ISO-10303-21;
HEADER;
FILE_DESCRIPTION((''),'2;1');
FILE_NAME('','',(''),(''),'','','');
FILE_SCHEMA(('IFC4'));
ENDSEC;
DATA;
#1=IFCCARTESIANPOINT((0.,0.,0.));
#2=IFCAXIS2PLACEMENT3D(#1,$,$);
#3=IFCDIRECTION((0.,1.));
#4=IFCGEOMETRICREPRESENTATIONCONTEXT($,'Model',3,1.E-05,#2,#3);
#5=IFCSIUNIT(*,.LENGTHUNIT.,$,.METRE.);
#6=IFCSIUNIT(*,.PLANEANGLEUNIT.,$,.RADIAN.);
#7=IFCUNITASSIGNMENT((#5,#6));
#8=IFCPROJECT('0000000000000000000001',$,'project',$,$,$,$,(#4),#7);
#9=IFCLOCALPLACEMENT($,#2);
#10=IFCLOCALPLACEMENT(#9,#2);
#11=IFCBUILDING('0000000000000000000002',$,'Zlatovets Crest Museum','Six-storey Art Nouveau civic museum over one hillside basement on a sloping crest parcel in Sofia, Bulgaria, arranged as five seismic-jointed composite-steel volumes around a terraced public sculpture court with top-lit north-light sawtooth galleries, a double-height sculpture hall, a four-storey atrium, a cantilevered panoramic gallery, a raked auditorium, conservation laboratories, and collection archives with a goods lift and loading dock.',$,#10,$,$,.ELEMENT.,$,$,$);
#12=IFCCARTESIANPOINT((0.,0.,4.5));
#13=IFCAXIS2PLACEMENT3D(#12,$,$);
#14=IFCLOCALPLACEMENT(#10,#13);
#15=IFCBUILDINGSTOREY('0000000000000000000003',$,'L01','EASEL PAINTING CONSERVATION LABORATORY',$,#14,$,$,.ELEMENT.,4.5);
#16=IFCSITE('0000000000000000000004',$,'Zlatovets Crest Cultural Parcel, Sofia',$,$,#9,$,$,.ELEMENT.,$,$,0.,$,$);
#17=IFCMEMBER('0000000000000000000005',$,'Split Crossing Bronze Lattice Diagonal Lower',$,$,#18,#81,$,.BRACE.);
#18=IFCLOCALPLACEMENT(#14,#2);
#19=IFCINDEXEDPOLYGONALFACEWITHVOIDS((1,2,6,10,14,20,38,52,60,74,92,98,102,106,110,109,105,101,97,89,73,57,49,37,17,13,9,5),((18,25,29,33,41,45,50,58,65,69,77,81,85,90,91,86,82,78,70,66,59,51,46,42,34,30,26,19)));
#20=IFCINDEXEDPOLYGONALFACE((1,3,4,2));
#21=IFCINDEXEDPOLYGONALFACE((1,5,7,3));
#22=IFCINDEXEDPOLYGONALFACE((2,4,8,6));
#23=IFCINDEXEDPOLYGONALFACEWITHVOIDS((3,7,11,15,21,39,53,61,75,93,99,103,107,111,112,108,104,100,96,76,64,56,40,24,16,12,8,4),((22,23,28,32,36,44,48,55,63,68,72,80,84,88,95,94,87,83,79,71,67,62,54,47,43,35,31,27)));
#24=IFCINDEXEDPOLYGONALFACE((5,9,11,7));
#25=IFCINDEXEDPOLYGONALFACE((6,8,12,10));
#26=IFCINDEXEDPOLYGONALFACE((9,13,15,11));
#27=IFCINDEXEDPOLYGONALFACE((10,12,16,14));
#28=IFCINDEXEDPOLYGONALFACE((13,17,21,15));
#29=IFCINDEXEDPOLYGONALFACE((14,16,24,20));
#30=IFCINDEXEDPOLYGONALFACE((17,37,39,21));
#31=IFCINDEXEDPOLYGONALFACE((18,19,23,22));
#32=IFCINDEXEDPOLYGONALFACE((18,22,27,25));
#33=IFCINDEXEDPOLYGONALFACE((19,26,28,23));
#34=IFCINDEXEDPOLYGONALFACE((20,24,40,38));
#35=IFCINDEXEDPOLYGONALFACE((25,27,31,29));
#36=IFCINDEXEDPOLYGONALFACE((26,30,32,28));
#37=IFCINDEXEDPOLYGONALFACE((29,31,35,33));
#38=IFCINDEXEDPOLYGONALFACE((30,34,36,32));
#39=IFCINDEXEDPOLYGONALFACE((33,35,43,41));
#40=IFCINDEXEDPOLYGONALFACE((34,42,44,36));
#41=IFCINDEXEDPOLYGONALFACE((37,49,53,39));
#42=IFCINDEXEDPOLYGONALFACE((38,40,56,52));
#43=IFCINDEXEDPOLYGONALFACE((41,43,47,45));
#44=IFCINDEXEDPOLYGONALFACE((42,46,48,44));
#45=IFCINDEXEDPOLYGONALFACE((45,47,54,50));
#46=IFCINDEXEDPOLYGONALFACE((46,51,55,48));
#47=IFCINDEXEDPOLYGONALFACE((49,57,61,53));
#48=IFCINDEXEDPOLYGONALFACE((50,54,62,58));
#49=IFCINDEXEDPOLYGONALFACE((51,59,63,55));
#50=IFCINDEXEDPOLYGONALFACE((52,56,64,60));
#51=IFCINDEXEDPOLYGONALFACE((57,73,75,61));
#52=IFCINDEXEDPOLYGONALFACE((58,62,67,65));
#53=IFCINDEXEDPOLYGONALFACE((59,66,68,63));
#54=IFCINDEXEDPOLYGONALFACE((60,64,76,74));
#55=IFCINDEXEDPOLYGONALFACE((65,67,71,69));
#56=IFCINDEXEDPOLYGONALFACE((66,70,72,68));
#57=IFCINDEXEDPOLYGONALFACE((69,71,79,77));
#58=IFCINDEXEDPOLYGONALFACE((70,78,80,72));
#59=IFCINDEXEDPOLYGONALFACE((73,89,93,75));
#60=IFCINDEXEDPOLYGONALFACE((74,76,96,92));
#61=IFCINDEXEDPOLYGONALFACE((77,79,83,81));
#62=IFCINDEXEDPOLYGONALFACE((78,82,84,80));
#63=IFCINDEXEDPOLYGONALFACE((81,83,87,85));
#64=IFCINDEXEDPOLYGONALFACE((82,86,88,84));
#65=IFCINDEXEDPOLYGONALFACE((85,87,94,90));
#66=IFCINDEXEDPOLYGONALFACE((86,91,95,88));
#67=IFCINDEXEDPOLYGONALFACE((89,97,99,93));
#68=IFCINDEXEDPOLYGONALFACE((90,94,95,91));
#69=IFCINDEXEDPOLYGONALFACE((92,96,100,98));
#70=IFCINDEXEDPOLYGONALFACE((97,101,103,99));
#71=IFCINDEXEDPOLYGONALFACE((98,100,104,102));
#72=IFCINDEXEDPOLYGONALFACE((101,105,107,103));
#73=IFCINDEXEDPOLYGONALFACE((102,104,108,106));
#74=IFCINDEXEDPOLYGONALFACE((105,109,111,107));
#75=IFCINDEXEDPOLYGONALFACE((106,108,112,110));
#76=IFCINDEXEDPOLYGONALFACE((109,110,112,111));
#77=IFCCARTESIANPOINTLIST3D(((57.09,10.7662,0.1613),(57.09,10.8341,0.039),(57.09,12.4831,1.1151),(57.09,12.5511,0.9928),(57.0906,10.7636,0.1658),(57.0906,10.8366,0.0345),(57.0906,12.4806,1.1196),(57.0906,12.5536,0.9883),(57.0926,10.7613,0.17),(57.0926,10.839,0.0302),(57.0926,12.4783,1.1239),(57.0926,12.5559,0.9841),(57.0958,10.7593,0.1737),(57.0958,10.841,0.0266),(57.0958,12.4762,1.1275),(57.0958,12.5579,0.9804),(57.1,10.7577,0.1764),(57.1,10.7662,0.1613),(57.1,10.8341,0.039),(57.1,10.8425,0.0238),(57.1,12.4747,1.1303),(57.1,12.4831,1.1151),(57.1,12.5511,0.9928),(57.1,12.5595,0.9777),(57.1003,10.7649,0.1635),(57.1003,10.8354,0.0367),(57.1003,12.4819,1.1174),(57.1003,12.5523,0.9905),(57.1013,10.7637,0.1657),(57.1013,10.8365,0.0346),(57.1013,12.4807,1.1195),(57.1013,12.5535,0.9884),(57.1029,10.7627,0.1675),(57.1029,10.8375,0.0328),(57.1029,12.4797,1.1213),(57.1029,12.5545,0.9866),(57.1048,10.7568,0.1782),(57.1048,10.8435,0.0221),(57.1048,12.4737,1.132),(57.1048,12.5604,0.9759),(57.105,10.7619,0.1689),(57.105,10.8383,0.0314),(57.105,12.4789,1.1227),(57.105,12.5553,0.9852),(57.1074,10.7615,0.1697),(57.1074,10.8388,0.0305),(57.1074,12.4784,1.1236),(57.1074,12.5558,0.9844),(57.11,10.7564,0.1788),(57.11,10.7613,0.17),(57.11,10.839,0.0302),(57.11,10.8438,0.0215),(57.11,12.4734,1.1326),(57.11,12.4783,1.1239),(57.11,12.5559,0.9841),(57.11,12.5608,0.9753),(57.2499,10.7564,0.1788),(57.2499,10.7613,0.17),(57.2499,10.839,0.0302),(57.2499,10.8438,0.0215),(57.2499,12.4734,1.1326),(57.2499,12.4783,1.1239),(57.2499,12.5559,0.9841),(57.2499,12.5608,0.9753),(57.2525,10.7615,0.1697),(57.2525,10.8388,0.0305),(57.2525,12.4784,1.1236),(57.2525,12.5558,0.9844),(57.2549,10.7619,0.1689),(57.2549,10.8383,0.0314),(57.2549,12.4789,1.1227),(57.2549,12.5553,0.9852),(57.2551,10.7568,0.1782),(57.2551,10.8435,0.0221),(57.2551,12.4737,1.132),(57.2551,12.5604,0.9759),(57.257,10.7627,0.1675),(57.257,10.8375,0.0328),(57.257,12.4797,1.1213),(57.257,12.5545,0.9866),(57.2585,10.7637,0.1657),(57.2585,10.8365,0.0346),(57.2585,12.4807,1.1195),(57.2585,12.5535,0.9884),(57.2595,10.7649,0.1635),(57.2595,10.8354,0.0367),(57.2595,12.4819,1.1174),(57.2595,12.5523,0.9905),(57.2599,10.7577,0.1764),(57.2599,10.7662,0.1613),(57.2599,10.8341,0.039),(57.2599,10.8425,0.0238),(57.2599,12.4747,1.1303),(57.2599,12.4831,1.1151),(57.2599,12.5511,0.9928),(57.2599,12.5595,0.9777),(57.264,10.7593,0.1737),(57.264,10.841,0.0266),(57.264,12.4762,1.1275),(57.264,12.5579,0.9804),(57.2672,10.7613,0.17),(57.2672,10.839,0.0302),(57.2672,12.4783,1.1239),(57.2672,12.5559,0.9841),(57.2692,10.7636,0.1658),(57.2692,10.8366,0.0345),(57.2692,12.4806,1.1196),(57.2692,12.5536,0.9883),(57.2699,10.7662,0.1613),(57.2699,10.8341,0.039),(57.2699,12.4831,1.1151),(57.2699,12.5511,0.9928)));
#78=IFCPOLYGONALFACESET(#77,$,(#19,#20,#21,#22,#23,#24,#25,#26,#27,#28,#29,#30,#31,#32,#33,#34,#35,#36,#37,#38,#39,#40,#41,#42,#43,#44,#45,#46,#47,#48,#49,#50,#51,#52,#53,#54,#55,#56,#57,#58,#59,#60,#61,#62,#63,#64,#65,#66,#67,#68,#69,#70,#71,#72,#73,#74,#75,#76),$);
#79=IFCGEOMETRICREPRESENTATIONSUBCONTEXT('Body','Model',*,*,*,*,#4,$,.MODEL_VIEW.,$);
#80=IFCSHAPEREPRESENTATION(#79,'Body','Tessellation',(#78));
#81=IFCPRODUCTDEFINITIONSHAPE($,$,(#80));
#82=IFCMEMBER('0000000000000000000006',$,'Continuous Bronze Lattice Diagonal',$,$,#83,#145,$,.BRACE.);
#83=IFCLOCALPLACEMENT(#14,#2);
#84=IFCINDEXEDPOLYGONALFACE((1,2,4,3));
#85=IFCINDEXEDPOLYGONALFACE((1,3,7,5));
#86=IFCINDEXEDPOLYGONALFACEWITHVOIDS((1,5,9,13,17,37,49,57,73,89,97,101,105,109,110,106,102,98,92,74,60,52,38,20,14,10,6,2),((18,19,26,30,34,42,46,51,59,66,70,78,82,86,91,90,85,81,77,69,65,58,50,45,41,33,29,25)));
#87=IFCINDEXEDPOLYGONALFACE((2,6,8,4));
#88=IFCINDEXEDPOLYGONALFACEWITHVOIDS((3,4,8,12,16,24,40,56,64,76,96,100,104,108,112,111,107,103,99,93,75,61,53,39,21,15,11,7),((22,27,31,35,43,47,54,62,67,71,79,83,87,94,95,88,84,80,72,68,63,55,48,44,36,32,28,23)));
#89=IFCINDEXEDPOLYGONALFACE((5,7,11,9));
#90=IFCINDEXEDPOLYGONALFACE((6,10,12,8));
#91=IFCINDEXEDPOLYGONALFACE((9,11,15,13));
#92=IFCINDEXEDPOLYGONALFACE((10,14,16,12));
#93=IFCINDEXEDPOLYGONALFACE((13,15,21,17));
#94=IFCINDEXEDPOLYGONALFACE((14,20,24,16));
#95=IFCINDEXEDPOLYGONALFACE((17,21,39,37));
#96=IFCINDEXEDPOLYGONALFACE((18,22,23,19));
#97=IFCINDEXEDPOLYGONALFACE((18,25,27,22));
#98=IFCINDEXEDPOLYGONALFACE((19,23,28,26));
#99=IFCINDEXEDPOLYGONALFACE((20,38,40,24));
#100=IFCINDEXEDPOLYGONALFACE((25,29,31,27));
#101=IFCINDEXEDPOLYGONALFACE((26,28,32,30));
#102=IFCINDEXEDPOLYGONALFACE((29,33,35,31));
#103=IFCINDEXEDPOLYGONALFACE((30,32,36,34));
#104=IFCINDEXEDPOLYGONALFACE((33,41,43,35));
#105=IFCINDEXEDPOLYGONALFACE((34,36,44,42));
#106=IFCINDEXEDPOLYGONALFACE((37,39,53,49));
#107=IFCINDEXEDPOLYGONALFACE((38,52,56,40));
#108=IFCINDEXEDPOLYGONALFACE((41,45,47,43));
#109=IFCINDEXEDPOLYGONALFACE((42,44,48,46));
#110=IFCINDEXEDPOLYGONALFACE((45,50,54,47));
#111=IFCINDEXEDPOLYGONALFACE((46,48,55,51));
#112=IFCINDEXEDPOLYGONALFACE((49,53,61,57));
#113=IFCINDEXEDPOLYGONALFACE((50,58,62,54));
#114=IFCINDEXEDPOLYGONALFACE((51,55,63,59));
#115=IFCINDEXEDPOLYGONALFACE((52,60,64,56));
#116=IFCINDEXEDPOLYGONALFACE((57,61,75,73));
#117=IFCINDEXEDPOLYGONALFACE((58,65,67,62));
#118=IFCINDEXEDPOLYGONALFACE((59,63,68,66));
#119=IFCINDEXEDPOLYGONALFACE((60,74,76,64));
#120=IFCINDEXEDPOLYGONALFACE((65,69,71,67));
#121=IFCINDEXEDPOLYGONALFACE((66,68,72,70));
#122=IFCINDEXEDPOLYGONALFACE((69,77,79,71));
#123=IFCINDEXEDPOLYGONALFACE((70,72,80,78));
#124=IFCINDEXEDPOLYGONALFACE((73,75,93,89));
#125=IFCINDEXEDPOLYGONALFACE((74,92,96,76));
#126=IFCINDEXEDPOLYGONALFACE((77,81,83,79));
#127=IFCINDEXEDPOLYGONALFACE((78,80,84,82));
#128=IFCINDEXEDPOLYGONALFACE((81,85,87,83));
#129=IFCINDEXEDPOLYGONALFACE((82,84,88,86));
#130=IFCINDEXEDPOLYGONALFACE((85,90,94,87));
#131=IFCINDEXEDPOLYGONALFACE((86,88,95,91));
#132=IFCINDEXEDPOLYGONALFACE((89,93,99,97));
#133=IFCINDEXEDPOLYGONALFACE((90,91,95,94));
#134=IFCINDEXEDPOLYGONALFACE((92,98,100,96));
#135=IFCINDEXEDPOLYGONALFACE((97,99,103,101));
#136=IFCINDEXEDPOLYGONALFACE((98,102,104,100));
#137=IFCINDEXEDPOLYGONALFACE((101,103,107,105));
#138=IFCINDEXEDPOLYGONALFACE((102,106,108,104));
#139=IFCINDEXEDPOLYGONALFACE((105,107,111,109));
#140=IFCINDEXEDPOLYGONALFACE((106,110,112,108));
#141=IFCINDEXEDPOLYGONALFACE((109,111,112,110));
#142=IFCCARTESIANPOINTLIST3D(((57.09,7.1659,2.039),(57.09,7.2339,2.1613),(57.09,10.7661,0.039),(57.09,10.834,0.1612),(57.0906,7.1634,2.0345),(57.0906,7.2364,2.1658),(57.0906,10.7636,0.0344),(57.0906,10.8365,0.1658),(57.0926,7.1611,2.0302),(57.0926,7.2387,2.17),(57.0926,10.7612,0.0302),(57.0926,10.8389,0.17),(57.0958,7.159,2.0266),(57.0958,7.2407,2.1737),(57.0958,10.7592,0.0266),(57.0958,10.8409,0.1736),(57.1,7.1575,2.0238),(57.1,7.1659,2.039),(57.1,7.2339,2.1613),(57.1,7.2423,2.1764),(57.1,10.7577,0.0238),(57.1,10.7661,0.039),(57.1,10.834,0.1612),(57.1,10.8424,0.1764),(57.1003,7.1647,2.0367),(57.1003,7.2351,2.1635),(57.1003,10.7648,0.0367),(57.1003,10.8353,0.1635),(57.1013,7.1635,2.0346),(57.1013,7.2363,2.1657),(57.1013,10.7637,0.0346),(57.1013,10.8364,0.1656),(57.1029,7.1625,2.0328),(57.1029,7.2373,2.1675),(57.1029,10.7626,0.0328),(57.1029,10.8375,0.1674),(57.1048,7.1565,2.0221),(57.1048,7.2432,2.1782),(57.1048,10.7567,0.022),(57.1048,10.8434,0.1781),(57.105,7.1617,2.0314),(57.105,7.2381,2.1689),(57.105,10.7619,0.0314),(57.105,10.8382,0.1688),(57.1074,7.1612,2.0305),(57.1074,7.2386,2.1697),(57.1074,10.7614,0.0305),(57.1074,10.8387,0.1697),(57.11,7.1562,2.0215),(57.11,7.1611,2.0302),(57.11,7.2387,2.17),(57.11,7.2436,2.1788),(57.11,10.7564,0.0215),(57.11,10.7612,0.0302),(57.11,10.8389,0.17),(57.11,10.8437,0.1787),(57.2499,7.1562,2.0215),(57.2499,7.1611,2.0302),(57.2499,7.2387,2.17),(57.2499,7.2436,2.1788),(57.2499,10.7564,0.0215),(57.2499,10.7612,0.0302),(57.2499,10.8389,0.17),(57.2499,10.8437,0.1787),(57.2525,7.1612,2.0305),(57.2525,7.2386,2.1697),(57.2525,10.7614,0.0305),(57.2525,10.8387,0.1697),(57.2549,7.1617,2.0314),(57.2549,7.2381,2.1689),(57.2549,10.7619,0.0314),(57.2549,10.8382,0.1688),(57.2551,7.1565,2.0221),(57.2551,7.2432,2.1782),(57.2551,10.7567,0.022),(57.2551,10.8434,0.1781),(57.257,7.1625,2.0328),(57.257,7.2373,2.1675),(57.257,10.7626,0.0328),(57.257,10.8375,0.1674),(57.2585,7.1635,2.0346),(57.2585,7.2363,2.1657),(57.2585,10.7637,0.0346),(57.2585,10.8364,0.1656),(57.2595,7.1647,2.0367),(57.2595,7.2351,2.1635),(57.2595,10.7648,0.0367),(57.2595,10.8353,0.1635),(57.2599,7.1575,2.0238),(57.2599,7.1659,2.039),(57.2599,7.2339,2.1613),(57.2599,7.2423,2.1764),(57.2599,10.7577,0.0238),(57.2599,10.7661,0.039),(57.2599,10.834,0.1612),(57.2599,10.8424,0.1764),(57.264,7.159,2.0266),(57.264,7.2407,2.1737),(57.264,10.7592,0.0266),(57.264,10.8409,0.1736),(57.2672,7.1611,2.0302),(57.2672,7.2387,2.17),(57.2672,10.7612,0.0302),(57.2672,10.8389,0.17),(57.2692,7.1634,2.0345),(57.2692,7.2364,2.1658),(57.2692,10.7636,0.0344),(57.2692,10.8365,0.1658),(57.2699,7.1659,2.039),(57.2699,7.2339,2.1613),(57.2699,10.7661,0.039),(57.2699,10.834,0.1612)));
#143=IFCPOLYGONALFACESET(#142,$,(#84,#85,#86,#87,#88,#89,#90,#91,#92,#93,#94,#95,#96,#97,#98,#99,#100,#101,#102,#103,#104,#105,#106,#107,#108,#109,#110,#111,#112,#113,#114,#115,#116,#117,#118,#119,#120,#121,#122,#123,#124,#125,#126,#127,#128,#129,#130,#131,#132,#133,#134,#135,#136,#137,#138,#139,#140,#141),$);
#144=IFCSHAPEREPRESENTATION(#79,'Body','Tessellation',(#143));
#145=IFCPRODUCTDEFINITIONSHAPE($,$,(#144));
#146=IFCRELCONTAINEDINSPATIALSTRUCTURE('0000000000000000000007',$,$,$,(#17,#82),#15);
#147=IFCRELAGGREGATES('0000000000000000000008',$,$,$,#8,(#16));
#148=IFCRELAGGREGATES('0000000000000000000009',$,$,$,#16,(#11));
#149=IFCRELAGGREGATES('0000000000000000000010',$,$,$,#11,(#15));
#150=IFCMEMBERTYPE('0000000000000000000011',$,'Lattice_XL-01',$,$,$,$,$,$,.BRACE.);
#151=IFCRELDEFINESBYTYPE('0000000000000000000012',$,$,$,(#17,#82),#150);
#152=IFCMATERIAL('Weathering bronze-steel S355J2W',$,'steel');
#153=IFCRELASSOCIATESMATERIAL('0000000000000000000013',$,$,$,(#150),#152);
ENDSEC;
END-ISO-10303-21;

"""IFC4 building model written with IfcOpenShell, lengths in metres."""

from ifc_helpers import new_model, si_unit, direction, frame, origin, origin_2d, place, context, subcontext, project, spatial, hollow_rectangle, extrude, material, material_profile, profile_set, type_object, element, save


model = new_model("IFC4")

# Units and contexts
model_context = context("Model", 3, precision=1e-05, world=origin(), true_north=direction((0.0, 1.0)))
body_context = subcontext(model_context, "Body", "Model", "MODEL_VIEW")
ifc_project = project(units=[si_unit("LENGTHUNIT", "METRE"), si_unit("PLANEANGLEUNIT", "RADIAN")], contexts=[model_context])

# Site, building, storey
site_placement = place(None, origin())
site = spatial("IfcSite", under=ifc_project, at=site_placement, Name="Zlatovets Crest Cultural Parcel, Sofia", CompositionType="ELEMENT", RefElevation=0.0)
building_placement = place(site_placement, origin())
building = spatial("IfcBuilding", under=site, at=building_placement, Name="Zlatovets Crest Museum", Description="Six-storey Art Nouveau civic museum over one hillside basement on a sloping crest parcel in Sofia, Bulgaria, arranged as five seismic-jointed composite-steel volumes around a terraced public sculpture court with top-lit north-light sawtooth galleries, a double-height sculpture hall, a four-storey atrium, a cantilevered panoramic gallery, a raked auditorium, conservation laboratories, and collection archives with a goods lift and loading dock.", CompositionType="ELEMENT")
storey_placement = place(building_placement, frame((0.0, 0.0, 4.5)))
storey = spatial("IfcBuildingStorey", under=building, at=storey_placement, Name="L01", Description="EASEL PAINTING CONSERVATION LABORATORY", CompositionType="ELEMENT", Elevation=4.5)

# Members
ifc_material_1 = material(Name="Weathering bronze-steel S355J2W", Category="steel")
ifc_material_profile_1 = material_profile(ifc_material_1, hollow_rectangle(XDim=0.1799, YDim=0.1799, WallThickness=0.01, InnerFilletRadius=0.01, OuterFilletRadius=0.02, at=origin_2d()), Name="SHS 180x180x10.0")
ifc_profile_set_1 = profile_set([ifc_material_profile_1], Name="Weathering bronze-steel S355J2W")
member_type_1 = type_object("IfcMemberType", Name="Lattice_XL-01", PredefinedType="BRACE", material=ifc_profile_set_1)
for number, where, z_axis, x_axis, name in (
    (1, (57.1799, 12.5171, 1.054), (0.0, -0.874169, -0.485622), (1.0, 0.0, 0.0), "Split Crossing Bronze Lattice Diagonal Lower"),
):
    element("IfcMember", number, at=place(storey_placement, frame(where, z_axis=z_axis, x_axis=x_axis)), inside=storey, type_object=member_type_1, Name=name, PredefinedType="BRACE", context=body_context, shape_type="SweptSolid", body=[
        extrude(hollow_rectangle(XDim=0.1799, YDim=0.1799, WallThickness=0.01, InnerFilletRadius=0.01, OuterFilletRadius=0.02, at=origin_2d()), origin(), (0.0, 0.0, 1.0), 1.9641),
    ])
member_1_placement = place(storey_placement, frame((57.1799, 10.8, 0.1001), z_axis=(0.0, -0.874163, 0.485633), x_axis=(1.0, 0.0, 0.0)))
element("IfcMember", 2, at=member_1_placement, inside=storey, type_object=member_type_1, Name="Continuous Bronze Lattice Diagonal", PredefinedType="BRACE", context=body_context, shape_type="SweptSolid", body=[
    extrude(hollow_rectangle(XDim=0.1799, YDim=0.1799, WallThickness=0.01, InnerFilletRadius=0.01, OuterFilletRadius=0.02, at=origin_2d()), origin(), (0.0, 0.0, 1.0), 4.1184),
])

save(model, "model.ifc")
